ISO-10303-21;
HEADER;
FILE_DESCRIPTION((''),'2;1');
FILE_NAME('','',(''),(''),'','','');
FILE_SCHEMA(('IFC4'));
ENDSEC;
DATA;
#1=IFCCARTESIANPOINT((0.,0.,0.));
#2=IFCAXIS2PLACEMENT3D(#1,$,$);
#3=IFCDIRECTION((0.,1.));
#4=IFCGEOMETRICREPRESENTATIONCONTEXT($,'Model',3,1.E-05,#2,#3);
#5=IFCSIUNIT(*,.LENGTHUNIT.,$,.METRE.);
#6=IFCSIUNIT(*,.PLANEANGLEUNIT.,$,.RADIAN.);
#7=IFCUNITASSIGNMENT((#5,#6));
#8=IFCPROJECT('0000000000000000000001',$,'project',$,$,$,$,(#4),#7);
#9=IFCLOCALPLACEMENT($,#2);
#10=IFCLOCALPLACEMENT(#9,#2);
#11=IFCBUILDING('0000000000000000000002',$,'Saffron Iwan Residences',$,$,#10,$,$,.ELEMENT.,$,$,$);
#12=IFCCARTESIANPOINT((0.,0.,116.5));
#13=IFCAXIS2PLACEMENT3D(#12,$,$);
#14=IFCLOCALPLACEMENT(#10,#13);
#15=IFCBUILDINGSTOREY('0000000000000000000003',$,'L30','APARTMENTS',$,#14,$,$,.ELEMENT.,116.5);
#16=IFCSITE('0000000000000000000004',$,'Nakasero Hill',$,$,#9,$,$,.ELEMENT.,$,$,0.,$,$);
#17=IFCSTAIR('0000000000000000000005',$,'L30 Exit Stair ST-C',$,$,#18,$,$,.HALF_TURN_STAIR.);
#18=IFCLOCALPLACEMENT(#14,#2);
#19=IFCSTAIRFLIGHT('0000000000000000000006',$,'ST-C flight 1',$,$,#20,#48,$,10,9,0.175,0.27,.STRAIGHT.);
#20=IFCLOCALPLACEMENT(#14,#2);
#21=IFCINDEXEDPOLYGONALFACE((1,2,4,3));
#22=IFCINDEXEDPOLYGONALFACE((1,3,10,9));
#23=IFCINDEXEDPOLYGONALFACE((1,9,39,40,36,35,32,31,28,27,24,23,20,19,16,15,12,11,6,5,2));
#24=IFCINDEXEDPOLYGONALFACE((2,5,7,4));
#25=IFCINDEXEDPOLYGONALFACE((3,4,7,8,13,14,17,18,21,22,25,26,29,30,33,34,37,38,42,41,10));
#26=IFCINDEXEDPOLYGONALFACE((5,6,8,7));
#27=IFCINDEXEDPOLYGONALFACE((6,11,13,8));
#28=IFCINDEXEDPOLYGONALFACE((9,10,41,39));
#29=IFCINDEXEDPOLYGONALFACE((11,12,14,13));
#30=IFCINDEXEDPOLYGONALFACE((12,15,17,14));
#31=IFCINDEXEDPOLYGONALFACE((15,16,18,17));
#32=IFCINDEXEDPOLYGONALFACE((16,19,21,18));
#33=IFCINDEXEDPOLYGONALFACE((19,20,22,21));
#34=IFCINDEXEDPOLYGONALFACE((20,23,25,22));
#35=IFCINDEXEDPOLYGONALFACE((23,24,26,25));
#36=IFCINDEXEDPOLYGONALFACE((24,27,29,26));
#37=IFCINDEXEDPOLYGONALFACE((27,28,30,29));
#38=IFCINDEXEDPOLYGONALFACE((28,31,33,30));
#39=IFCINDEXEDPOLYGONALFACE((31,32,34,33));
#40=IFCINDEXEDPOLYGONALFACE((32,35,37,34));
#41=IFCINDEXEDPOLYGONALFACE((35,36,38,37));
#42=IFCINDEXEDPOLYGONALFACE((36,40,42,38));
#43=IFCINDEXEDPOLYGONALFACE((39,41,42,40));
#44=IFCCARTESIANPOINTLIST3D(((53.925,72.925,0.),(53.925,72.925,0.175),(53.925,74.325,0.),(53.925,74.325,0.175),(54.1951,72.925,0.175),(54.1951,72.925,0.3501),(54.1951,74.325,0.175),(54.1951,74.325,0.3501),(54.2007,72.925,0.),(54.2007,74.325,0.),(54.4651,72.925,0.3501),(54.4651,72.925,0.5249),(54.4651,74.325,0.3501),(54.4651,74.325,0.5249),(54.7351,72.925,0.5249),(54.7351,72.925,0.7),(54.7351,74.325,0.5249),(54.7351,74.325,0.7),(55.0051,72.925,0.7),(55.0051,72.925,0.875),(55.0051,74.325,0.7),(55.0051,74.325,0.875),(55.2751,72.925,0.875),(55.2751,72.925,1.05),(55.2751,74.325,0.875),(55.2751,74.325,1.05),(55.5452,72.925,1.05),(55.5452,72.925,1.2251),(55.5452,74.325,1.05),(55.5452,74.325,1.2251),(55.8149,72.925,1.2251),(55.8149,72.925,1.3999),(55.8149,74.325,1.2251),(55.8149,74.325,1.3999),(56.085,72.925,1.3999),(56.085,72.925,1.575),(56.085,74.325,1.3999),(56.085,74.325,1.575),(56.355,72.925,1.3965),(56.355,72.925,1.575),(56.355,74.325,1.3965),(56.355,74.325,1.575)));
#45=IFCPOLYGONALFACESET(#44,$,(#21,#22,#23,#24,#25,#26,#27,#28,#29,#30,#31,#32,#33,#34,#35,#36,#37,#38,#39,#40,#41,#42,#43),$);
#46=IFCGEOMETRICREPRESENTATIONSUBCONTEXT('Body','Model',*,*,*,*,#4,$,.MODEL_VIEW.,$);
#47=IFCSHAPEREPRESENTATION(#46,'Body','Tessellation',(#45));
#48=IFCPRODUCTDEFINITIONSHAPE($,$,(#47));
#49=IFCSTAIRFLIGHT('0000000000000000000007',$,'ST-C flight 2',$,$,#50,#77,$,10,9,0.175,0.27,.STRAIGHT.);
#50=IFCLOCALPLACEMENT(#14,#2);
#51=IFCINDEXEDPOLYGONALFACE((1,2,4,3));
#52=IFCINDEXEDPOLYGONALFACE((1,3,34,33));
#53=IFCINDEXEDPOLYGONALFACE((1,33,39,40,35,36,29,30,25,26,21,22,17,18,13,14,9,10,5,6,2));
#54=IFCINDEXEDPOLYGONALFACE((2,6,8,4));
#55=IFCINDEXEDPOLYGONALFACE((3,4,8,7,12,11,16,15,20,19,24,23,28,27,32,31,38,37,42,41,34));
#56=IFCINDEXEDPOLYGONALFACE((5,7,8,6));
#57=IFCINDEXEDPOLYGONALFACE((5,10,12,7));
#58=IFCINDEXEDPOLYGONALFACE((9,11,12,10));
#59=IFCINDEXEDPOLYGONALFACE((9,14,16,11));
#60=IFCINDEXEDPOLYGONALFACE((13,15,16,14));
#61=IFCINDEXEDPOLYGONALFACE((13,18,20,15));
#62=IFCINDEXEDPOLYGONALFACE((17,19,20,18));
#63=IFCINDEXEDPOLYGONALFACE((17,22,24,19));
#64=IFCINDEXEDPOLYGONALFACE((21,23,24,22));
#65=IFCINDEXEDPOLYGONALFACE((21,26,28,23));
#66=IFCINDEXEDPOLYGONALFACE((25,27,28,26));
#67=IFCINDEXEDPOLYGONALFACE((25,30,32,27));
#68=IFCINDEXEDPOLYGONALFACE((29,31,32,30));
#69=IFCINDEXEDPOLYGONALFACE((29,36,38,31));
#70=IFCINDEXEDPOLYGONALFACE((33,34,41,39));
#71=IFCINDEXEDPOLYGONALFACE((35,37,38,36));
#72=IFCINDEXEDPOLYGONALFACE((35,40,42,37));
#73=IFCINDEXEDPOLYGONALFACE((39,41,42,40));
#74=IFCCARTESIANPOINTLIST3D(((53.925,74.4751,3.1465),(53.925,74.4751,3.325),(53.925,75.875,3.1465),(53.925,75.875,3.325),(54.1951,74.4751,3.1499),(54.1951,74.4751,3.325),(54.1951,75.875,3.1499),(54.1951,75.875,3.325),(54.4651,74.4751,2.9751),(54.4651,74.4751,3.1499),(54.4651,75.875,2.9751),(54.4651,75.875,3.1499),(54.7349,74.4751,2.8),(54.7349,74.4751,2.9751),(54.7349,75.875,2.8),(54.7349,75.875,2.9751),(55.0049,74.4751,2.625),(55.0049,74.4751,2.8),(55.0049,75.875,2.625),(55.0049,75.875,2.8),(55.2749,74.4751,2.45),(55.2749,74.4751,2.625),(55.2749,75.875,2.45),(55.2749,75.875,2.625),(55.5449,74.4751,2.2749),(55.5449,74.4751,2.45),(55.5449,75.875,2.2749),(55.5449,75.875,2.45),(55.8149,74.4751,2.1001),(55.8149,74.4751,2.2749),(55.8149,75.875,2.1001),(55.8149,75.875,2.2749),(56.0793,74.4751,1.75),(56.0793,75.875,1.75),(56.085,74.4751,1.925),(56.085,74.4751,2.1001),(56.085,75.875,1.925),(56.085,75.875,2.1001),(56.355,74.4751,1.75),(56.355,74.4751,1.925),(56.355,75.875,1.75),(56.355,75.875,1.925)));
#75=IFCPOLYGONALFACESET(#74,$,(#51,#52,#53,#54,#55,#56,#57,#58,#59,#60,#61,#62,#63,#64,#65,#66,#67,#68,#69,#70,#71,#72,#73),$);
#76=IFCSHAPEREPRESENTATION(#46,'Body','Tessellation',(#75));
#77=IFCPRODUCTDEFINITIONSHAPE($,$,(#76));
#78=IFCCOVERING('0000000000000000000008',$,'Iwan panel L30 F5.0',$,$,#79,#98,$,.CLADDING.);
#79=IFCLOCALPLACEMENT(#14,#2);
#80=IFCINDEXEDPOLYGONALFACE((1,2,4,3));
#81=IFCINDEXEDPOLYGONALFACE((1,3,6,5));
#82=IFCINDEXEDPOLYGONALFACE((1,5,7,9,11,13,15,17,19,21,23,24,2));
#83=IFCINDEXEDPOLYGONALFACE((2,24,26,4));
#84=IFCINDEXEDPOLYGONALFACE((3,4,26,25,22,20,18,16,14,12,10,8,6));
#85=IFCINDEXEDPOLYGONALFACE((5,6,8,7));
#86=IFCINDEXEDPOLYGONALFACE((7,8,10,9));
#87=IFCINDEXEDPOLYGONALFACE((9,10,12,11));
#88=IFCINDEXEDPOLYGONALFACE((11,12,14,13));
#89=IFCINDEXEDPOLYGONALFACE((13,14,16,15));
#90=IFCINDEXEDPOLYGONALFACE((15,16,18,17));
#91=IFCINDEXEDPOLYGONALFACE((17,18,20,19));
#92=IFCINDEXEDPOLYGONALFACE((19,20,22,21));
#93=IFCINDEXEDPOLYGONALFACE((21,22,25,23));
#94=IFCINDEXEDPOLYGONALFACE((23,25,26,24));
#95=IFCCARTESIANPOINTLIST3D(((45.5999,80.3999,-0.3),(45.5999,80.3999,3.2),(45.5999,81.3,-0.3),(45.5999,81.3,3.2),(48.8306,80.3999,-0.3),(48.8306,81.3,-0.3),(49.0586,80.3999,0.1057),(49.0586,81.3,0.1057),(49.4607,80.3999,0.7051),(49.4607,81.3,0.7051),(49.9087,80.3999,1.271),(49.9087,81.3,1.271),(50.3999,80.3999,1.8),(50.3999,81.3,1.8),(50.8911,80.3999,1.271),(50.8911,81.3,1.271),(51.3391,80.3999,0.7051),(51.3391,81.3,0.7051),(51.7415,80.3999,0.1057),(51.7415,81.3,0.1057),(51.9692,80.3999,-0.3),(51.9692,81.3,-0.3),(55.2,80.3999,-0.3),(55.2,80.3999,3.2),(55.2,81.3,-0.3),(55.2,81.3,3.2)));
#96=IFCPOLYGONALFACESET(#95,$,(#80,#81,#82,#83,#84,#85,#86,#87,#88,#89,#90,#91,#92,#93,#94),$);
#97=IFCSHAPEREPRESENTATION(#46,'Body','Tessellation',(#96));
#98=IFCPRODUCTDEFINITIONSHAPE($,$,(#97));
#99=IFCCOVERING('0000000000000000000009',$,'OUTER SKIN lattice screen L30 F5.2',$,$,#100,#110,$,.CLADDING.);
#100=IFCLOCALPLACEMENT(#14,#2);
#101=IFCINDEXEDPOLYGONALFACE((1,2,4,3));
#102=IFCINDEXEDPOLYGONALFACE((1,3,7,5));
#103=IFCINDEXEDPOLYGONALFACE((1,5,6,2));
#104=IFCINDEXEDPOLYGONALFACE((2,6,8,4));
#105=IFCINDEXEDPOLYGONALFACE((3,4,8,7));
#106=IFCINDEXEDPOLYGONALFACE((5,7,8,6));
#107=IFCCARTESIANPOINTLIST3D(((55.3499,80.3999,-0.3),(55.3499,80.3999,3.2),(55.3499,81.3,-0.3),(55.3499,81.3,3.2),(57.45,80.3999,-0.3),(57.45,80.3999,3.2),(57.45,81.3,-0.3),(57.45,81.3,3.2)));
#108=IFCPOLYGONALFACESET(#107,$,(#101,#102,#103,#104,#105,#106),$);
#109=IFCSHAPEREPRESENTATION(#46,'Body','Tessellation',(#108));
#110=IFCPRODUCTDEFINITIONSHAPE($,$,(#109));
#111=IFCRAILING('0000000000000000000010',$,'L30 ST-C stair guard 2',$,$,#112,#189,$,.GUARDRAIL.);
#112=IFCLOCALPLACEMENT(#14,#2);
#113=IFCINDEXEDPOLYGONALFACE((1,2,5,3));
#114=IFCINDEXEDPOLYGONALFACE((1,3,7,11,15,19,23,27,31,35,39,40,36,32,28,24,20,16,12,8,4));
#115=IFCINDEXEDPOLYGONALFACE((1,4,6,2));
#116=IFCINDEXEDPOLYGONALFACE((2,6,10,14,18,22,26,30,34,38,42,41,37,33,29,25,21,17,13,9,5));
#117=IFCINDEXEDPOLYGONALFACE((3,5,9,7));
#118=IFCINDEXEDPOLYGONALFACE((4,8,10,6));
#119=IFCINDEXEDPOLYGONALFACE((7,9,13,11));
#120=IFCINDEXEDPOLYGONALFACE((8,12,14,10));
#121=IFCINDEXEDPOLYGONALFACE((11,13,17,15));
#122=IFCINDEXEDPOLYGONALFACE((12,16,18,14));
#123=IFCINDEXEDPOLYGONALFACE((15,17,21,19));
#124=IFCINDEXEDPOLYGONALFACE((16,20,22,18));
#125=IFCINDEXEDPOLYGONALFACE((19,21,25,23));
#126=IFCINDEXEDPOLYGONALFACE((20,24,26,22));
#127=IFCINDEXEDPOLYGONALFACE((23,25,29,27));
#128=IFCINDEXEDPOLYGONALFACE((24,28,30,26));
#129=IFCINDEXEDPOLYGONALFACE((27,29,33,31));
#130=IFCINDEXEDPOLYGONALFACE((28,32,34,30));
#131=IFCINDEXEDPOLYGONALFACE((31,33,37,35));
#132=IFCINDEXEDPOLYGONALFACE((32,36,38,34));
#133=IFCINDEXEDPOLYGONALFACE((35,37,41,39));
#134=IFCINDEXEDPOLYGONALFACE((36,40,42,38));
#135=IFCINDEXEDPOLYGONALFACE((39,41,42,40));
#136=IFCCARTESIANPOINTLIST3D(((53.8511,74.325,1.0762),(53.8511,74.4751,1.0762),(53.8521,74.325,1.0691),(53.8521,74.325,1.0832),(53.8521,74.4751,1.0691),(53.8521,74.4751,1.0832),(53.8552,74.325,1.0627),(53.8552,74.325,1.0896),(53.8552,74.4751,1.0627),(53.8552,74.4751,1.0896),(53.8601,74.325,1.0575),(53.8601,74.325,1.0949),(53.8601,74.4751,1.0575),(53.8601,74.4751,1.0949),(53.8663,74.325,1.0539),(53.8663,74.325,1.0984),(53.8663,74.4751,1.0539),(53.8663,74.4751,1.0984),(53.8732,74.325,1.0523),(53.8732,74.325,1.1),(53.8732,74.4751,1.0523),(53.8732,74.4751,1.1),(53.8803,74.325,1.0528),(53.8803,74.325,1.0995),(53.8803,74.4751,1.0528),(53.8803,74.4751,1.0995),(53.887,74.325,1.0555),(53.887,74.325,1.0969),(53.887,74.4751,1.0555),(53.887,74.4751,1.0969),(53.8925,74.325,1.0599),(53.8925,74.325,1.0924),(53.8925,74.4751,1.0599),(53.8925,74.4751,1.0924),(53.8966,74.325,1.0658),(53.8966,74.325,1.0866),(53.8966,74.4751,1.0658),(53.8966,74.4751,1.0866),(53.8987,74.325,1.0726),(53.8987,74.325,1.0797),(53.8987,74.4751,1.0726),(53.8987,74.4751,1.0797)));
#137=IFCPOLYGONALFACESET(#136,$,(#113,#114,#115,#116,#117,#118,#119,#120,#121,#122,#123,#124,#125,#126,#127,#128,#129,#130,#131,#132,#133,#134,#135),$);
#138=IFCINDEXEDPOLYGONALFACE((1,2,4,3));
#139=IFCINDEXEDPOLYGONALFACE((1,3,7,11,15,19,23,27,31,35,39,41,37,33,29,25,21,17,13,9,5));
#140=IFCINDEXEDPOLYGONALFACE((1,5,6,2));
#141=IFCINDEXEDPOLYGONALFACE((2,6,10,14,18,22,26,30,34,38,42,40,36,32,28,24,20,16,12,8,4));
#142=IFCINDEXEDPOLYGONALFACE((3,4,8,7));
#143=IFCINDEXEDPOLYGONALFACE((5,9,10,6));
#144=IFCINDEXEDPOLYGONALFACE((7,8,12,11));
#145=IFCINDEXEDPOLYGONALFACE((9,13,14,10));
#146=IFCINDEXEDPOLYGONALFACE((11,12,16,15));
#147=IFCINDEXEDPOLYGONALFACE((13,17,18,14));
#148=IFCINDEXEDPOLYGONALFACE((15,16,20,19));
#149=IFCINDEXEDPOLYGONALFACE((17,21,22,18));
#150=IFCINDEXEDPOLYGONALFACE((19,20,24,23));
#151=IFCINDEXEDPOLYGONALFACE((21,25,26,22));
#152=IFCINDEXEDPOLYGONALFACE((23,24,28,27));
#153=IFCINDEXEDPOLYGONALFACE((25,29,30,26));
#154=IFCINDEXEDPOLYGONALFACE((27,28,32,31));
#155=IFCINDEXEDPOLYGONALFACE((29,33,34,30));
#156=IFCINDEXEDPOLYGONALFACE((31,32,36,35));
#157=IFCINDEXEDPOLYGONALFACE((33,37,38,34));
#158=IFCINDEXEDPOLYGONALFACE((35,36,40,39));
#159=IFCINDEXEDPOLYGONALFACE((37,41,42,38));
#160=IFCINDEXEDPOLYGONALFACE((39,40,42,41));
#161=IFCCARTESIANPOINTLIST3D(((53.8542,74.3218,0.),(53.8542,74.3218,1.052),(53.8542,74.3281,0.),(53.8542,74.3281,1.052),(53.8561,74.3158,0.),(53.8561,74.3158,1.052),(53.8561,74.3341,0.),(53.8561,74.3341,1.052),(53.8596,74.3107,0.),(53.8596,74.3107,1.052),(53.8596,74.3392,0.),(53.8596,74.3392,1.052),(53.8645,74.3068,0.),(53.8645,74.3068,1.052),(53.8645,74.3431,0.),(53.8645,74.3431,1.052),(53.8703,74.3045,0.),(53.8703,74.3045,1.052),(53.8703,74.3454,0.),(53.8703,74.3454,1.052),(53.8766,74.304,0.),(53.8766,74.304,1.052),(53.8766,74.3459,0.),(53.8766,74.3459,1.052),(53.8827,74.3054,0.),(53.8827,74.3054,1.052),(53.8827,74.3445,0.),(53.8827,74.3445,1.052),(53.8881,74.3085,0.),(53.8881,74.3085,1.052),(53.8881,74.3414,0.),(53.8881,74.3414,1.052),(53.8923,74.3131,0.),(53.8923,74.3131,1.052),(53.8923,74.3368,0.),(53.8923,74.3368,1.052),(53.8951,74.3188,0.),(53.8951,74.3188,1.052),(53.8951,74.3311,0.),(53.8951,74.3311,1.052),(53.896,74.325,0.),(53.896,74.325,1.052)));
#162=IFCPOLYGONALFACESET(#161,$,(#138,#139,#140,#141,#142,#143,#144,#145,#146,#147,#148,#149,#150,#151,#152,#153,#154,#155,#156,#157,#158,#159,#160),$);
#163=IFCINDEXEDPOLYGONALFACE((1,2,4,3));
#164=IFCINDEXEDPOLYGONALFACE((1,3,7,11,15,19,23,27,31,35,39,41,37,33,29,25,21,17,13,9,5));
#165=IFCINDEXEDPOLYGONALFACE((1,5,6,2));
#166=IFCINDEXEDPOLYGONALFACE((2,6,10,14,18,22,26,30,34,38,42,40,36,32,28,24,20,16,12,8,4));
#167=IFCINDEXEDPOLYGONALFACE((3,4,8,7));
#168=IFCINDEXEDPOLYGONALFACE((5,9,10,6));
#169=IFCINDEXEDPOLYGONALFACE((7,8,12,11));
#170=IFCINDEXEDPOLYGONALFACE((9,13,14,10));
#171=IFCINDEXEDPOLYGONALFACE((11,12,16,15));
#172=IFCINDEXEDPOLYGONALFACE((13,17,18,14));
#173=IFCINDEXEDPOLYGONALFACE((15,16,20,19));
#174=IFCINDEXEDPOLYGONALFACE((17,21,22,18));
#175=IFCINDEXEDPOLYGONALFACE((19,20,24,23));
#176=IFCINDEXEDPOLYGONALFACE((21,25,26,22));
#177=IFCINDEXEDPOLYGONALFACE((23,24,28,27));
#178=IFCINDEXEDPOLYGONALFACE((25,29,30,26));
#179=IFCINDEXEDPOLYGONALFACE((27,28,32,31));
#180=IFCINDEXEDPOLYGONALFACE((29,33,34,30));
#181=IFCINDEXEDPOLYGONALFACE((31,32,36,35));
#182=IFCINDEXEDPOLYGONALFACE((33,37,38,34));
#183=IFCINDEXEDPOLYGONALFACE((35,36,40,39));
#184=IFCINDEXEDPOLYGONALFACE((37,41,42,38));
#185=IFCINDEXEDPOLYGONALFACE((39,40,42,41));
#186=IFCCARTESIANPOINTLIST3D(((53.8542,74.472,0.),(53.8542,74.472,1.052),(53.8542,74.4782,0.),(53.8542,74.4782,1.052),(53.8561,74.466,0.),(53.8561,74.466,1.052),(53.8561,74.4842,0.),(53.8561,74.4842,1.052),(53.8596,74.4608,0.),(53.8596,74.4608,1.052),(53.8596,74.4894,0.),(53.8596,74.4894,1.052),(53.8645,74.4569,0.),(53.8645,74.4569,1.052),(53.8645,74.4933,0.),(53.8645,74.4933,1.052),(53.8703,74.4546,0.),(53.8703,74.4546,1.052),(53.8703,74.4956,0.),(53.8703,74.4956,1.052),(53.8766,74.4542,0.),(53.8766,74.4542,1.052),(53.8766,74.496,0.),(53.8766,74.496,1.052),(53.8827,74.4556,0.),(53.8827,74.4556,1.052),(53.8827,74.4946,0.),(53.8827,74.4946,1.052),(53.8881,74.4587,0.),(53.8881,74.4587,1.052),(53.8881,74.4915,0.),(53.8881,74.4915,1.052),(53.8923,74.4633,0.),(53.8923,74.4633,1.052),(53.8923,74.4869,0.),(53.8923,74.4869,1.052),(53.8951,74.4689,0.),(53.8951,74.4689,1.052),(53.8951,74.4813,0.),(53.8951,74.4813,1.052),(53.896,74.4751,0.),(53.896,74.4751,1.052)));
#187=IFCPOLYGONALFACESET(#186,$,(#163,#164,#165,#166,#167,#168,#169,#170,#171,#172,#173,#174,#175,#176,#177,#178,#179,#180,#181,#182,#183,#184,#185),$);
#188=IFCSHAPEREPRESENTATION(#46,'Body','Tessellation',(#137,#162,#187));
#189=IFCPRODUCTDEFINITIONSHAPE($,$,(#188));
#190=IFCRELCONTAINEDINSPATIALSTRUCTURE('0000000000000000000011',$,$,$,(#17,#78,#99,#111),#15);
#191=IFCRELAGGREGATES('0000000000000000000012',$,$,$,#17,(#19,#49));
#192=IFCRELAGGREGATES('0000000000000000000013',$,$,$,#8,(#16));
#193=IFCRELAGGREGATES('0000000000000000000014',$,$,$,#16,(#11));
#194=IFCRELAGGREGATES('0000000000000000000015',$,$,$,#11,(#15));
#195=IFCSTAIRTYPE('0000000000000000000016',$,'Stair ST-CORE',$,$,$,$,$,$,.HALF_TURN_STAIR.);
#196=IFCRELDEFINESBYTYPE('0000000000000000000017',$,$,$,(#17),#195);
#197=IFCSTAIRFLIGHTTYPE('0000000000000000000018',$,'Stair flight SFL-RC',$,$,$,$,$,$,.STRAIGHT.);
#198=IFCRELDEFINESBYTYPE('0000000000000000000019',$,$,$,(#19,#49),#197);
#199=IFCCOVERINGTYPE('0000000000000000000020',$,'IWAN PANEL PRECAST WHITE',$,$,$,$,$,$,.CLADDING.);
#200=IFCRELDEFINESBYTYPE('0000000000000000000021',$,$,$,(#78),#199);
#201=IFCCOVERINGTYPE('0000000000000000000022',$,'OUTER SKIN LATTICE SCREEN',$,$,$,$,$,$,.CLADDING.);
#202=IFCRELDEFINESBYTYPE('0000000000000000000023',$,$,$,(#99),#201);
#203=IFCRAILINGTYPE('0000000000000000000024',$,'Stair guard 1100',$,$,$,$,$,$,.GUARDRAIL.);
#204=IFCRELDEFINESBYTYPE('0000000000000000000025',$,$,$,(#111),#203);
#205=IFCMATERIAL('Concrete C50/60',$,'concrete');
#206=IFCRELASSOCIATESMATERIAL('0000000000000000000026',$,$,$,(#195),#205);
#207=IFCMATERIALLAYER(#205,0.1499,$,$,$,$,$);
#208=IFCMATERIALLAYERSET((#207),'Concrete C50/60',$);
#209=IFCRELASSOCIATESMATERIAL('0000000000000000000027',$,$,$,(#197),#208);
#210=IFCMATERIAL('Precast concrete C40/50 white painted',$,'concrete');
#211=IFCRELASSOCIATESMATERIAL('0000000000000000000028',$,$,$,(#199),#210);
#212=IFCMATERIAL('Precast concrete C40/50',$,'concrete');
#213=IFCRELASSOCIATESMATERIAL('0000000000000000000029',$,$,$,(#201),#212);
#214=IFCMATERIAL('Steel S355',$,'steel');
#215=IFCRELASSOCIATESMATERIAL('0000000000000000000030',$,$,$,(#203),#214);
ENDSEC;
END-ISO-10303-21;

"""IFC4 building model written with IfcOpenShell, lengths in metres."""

from ifc_helpers import new_model, si_unit, direction, frame, origin, origin_2d, place, context, subcontext, project, spatial, polyline, circle, outline, extrude, material, layer, layer_set, type_object, element, aggregate, save


model = new_model("IFC4")

# Units and contexts
model_context = context("Model", 3, precision=1e-05, world=origin(), true_north=direction((0.0, 1.0)))
body_context = subcontext(model_context, "Body", "Model", "MODEL_VIEW")
ifc_project = project(units=[si_unit("LENGTHUNIT", "METRE"), si_unit("PLANEANGLEUNIT", "RADIAN")], contexts=[model_context])

# Site, building, storey
site_placement = place(None, origin())
site = spatial("IfcSite", under=ifc_project, at=site_placement, Name="Nakasero Hill", CompositionType="ELEMENT", RefElevation=0.0)
building_placement = place(site_placement, origin())
building = spatial("IfcBuilding", under=site, at=building_placement, Name="Saffron Iwan Residences", CompositionType="ELEMENT")
storey_placement = place(building_placement, frame((0.0, 0.0, 116.5)))
storey = spatial("IfcBuildingStorey", under=building, at=storey_placement, Name="L30", Description="APARTMENTS", CompositionType="ELEMENT", Elevation=116.5)

# Shared definitions
ifc_material_1 = material(Name="Concrete C50/60", Category="concrete")

# Stair, stair flights
stair_type = type_object("IfcStairType", Name="Stair ST-CORE", PredefinedType="HALF_TURN_STAIR", material=ifc_material_1)
stair_placement = place(storey_placement, origin())
stair = element("IfcStair", 1, at=stair_placement, inside=storey, type_object=stair_type, Name="L30 Exit Stair ST-C", PredefinedType="HALF_TURN_STAIR")
ifc_layer_1 = layer(ifc_material_1, 0.1499)
ifc_layer_set_1 = layer_set([ifc_layer_1], Name="Concrete C50/60")
stair_flight_type = type_object("IfcStairFlightType", Name="Stair flight SFL-RC", PredefinedType="STRAIGHT", material=ifc_layer_set_1)
stair_flight_1_placement = place(storey_placement, frame((53.925, 73.625, 0.0), z_axis=(0.0, 0.0, 1.0), x_axis=(1.0, 0.0, 0.0)))
stair_flight_1 = element("IfcStairFlight", 2, at=stair_flight_1_placement, type_object=stair_flight_type, Name="ST-C flight 1", NumberOfRisers=10, NumberOfTreads=9, PredefinedType="STRAIGHT", RiserHeight=0.175, TreadLength=0.27, context=body_context, shape_type="SweptSolid", body=[
    extrude(outline(polyline([(0.0, 0.0), (0.0, 0.175), (0.27, 0.175), (0.27, 0.3501), (0.54, 0.3501), (0.54, 0.5249), (0.8101, 0.5249), (0.8101, 0.7), (1.0801, 0.7), (1.0801, 0.875), (1.3501, 0.875), (1.3501, 1.05), (1.6201, 1.05), (1.6201, 1.2251), (1.8899, 1.2251), (1.8899, 1.3999), (2.1599, 1.3999), (2.1599, 1.575), (2.4299, 1.575), (2.4299, 1.75), (2.4299, 1.3965), (0.2756, 0.0), (0.0, 0.0)])), frame((0.0, 0.7, 0.0), z_axis=(0.0, -1.0, 0.0), x_axis=(1.0, 0.0, 0.0)), (0.0, 0.0, 1.0), 1.3999),
])
stair_flight_2_placement = place(storey_placement, frame((56.355, 75.175, 1.75), z_axis=(0.0, 0.0, 1.0), x_axis=(-1.0, 0.0, 0.0)))
stair_flight_2 = element("IfcStairFlight", 3, at=stair_flight_2_placement, type_object=stair_flight_type, Name="ST-C flight 2", NumberOfRisers=10, NumberOfTreads=9, PredefinedType="STRAIGHT", RiserHeight=0.175, TreadLength=0.27, context=body_context, shape_type="SweptSolid", body=[
    extrude(outline(polyline([(0.0, 0.0), (0.0, 0.175), (0.27, 0.175), (0.27, 0.3501), (0.54, 0.3501), (0.54, 0.5249), (0.8101, 0.5249), (0.8101, 0.7), (1.0801, 0.7), (1.0801, 0.875), (1.3501, 0.875), (1.3501, 1.05), (1.6201, 1.05), (1.6201, 1.2251), (1.8899, 1.2251), (1.8899, 1.3999), (2.1599, 1.3999), (2.1599, 1.575), (2.4299, 1.575), (2.4299, 1.75), (2.4299, 1.3965), (0.2756, 0.0), (0.0, 0.0)])), frame((0.0, 0.7, 0.0), z_axis=(0.0, -1.0, 0.0), x_axis=(1.0, 0.0, 0.0)), (0.0, 0.0, 1.0), 1.3999),
])
aggregate(stair, [stair_flight_1, stair_flight_2])

# Coverings
ifc_material_2 = material(Name="Precast concrete C40/50 white painted", Category="concrete")
covering_type_1 = type_object("IfcCoveringType", Name="IWAN PANEL PRECAST WHITE", PredefinedType="CLADDING", material=ifc_material_2)
covering_1_placement = place(storey_placement, frame((55.2, 80.3999, -0.3), z_axis=(0.0, 1.0, 0.0), x_axis=(-1.0, 0.0, 0.0)))
element("IfcCovering", 4, at=covering_1_placement, inside=storey, type_object=covering_type_1, Name="Iwan panel L30 F5.0", PredefinedType="CLADDING", context=body_context, shape_type="SweptSolid", body=[
    extrude(outline(polyline([(0.0, 0.0), (0.0, 3.5), (9.6001, 3.5), (9.6001, 0.0), (6.3694, 0.0), (6.1414, 0.4058), (5.7393, 1.0051), (5.2913, 1.571), (4.8, 2.1001), (4.3088, 1.571), (3.8608, 1.0051), (3.4585, 0.4058), (3.2307, 0.0), (0.0, 0.0)])), origin(), (0.0, 0.0, 1.0), 0.9001),
])
ifc_material_3 = material(Name="Precast concrete C40/50", Category="concrete")
covering_type_2 = type_object("IfcCoveringType", Name="OUTER SKIN LATTICE SCREEN", PredefinedType="CLADDING", material=ifc_material_3)
covering_2_placement = place(storey_placement, frame((57.45, 80.3999, -0.3), z_axis=(0.0, 1.0, 0.0), x_axis=(-1.0, 0.0, 0.0)))
element("IfcCovering", 5, at=covering_2_placement, inside=storey, type_object=covering_type_2, Name="OUTER SKIN lattice screen L30 F5.2", PredefinedType="CLADDING", context=body_context, shape_type="SweptSolid", body=[
    extrude(outline(polyline([(0.0, 0.0), (2.1001, 0.0), (2.1001, 3.5), (0.0, 3.5), (0.0, 0.0)])), origin(), (0.0, 0.0, 1.0), 0.9001),
])

# Railing
ifc_material_4 = material(Name="Steel S355", Category="steel")
railing_type_1 = type_object("IfcRailingType", Name="Stair guard 1100", PredefinedType="GUARDRAIL", material=ifc_material_4)
railing_1_placement = place(storey_placement, frame((53.875, 74.325, 0.0)))
element("IfcRailing", 6, at=railing_1_placement, inside=storey, type_object=railing_type_1, Name="L30 ST-C stair guard 2", PredefinedType="GUARDRAIL", context=body_context, shape_type="SweptSolid", body=[
    extrude(circle(Radius=0.0239, at=origin_2d()), frame((0.0, 0.0, 1.0762), z_axis=(0.0, 1.0, 0.0), x_axis=(-1.0, 0.0, 0.0)), (0.0, 0.0, 1.0), 0.1501),
    extrude(circle(Radius=0.021, at=origin_2d()), origin(), (0.0, 0.0, 1.0), 1.052),
    extrude(circle(Radius=0.021, at=origin_2d()), frame((0.0, 0.1501, 0.0)), (0.0, 0.0, 1.0), 1.052),
])

save(model, "model.ifc")
